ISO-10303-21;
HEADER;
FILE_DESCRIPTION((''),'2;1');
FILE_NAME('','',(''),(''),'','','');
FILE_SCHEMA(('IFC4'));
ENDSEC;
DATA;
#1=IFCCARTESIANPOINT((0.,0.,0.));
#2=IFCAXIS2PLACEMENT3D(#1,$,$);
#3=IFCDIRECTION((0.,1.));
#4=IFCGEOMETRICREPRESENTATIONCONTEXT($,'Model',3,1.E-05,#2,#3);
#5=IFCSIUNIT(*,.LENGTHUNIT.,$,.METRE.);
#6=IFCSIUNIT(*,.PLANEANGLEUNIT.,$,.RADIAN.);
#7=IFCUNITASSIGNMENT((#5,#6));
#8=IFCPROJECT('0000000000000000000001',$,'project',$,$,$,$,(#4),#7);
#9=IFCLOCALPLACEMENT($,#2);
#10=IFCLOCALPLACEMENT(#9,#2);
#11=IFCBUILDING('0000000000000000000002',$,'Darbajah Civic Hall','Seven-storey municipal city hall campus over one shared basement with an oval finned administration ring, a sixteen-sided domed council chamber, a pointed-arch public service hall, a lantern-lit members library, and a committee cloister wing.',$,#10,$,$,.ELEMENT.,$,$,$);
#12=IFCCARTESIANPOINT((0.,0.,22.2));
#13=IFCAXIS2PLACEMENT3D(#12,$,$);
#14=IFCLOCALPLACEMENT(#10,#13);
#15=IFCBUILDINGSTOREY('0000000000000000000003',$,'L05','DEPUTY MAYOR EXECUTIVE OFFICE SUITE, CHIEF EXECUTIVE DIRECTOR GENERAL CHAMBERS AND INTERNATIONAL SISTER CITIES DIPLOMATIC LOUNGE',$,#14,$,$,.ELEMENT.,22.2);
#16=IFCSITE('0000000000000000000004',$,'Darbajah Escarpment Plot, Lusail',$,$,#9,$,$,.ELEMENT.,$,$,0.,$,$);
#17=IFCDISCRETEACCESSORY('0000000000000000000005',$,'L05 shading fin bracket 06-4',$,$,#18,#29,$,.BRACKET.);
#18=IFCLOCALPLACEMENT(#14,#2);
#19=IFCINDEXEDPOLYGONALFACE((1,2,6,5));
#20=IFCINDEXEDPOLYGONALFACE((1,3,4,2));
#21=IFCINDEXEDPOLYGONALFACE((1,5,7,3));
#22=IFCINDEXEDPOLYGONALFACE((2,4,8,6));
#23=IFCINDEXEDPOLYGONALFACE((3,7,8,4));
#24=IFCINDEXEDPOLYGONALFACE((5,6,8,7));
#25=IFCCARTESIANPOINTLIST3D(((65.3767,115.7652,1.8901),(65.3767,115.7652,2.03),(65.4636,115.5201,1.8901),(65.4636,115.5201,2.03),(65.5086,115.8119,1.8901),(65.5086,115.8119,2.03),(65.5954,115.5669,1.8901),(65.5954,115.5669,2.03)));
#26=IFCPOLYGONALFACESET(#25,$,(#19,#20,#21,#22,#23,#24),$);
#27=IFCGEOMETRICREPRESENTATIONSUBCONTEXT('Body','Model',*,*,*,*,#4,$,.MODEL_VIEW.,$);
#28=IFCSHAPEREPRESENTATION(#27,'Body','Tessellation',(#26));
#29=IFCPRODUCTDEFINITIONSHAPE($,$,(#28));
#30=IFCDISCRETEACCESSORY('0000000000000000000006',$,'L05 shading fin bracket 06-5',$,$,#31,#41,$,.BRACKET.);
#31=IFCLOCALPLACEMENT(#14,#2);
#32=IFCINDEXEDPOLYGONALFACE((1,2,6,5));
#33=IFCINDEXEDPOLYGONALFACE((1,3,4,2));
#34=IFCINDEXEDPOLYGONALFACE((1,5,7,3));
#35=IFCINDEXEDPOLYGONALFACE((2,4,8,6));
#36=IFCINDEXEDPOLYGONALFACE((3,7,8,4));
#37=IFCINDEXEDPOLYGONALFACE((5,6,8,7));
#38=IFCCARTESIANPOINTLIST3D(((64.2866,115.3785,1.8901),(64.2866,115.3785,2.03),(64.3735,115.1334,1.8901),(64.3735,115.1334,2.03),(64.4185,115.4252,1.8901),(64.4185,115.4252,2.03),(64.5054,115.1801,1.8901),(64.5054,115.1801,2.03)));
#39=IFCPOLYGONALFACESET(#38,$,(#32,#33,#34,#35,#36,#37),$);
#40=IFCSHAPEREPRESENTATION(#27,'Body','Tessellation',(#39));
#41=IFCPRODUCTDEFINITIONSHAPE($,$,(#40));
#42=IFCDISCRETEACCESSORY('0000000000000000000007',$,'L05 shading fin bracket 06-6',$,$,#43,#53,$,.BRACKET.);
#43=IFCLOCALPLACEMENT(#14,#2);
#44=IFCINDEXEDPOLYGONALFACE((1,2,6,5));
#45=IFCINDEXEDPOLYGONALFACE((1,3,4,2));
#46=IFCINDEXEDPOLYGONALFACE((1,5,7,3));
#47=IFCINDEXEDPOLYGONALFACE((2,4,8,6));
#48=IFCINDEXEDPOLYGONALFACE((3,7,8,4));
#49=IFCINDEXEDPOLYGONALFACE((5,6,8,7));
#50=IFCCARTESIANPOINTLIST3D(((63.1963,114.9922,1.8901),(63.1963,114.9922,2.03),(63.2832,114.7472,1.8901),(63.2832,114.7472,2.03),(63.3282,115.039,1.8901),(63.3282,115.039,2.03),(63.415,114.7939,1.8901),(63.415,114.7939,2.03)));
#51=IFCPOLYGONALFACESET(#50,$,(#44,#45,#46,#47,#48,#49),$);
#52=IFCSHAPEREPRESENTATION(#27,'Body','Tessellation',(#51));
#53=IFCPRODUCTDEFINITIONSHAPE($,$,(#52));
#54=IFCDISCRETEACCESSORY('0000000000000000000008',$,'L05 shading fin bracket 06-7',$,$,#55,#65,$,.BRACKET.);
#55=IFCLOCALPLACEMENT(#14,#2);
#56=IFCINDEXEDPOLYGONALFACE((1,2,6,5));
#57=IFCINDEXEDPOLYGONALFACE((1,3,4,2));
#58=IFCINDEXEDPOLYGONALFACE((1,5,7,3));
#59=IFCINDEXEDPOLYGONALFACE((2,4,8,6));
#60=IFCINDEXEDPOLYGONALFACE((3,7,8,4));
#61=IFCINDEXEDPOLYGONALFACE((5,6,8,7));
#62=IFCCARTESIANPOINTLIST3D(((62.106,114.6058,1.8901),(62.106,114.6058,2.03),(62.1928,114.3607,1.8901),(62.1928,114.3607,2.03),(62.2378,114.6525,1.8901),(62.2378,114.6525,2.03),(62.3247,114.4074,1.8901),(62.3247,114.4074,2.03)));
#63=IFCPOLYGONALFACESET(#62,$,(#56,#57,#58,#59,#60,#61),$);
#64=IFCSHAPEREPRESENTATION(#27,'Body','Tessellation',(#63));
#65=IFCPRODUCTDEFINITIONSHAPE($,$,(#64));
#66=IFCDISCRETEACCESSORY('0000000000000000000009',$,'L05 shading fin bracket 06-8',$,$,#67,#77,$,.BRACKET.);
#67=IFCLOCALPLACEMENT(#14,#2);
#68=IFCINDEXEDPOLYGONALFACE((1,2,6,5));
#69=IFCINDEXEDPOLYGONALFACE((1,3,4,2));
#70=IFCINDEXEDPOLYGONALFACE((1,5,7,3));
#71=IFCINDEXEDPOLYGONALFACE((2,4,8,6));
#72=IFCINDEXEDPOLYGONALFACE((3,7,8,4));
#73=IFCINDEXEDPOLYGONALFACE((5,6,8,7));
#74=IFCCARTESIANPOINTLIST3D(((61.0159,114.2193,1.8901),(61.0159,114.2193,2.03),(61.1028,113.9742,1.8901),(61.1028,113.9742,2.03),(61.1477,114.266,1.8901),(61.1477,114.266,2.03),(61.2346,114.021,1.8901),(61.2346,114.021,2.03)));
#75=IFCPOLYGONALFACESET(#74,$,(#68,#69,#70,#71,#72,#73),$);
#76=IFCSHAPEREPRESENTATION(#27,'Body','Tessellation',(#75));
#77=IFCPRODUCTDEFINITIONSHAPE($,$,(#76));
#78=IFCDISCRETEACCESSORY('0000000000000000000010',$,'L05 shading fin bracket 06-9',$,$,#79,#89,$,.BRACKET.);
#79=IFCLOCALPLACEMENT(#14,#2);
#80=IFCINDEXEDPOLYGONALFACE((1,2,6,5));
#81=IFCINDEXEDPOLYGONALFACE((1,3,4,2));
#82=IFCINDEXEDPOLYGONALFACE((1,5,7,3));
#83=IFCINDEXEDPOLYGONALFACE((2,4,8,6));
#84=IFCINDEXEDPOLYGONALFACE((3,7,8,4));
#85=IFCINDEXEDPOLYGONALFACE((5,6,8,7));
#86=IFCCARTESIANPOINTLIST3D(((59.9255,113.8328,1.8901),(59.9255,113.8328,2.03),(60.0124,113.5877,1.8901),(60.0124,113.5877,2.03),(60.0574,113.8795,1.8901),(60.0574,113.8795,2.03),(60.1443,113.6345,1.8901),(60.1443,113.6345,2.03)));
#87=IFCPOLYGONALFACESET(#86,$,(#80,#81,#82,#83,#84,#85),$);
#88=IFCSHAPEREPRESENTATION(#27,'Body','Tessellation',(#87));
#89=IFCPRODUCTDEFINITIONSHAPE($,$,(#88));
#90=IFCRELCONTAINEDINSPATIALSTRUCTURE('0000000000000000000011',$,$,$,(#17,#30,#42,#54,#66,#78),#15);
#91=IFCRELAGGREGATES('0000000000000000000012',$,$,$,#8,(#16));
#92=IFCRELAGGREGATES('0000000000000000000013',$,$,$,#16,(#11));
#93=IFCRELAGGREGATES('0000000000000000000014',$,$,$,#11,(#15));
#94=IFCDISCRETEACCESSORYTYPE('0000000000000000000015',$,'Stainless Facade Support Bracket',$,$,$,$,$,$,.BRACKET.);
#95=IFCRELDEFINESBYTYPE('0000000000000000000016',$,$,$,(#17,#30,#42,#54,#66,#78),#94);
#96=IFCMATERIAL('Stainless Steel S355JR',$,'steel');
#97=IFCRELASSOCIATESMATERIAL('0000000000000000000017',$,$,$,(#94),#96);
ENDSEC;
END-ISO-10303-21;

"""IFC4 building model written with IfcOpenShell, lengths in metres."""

from ifc_helpers import new_model, si_unit, direction, frame, origin, origin_2d, place, context, subcontext, project, spatial, rectangle, extrude, material, type_object, element, save


model = new_model("IFC4")

# Units and contexts
model_context = context("Model", 3, precision=1e-05, world=origin(), true_north=direction((0.0, 1.0)))
body_context = subcontext(model_context, "Body", "Model", "MODEL_VIEW")
ifc_project = project(units=[si_unit("LENGTHUNIT", "METRE"), si_unit("PLANEANGLEUNIT", "RADIAN")], contexts=[model_context])

# Site, building, storey
site_placement = place(None, origin())
site = spatial("IfcSite", under=ifc_project, at=site_placement, Name="Darbajah Escarpment Plot, Lusail", CompositionType="ELEMENT", RefElevation=0.0)
building_placement = place(site_placement, origin())
building = spatial("IfcBuilding", under=site, at=building_placement, Name="Darbajah Civic Hall", Description="Seven-storey municipal city hall campus over one shared basement with an oval finned administration ring, a sixteen-sided domed council chamber, a pointed-arch public service hall, a lantern-lit members library, and a committee cloister wing.", CompositionType="ELEMENT")
storey_placement = place(building_placement, frame((0.0, 0.0, 22.2)))
storey = spatial("IfcBuildingStorey", under=building, at=storey_placement, Name="L05", Description="DEPUTY MAYOR EXECUTIVE OFFICE SUITE, CHIEF EXECUTIVE DIRECTOR GENERAL CHAMBERS AND INTERNATIONAL SISTER CITIES DIPLOMATIC LOUNGE", CompositionType="ELEMENT", Elevation=22.2)

# Discrete accessories
ifc_material_1 = material(Name="Stainless Steel S355JR", Category="steel")
discrete_accessory_type = type_object("IfcDiscreteAccessoryType", Name="Stainless Facade Support Bracket", PredefinedType="BRACKET", material=ifc_material_1)
for number, where, z_axis, x_axis, name in (
    (1, (65.4861, 115.666, 1.8901), (0.0, 0.0, 1.0), (-0.334136, 0.942525, 0.0), "L05 shading fin bracket 06-4"),
    (2, (64.396, 115.2793, 1.8901), (0.0, 0.0, 1.0), (-0.334136, 0.942525, 0.0), "L05 shading fin bracket 06-5"),
    (3, (63.3057, 114.8931, 1.8901), (0.0, 0.0, 1.0), (-0.334136, 0.942525, 0.0), "L05 shading fin bracket 06-6"),
    (4, (62.2153, 114.5066, 1.8901), (0.0, 0.0, 1.0), (-0.334136, 0.942525, 0.0), "L05 shading fin bracket 06-7"),
    (5, (61.1252, 114.1201, 1.8901), (0.0, 0.0, 1.0), (-0.334136, 0.942525, 0.0), "L05 shading fin bracket 06-8"),
    (6, (60.0349, 113.7336, 1.8901), (0.0, 0.0, 1.0), (-0.334136, 0.942525, 0.0), "L05 shading fin bracket 06-9"),
):
    element("IfcDiscreteAccessory", number, at=place(storey_placement, frame(where, z_axis=z_axis, x_axis=x_axis)), inside=storey, type_object=discrete_accessory_type, Name=name, PredefinedType="BRACKET", context=body_context, shape_type="SweptSolid", body=[
        extrude(rectangle(XDim=0.26, YDim=0.1399, at=origin_2d()), origin(), (0.0, 0.0, 1.0), 0.1399),
    ])

save(model, "model.ifc")
